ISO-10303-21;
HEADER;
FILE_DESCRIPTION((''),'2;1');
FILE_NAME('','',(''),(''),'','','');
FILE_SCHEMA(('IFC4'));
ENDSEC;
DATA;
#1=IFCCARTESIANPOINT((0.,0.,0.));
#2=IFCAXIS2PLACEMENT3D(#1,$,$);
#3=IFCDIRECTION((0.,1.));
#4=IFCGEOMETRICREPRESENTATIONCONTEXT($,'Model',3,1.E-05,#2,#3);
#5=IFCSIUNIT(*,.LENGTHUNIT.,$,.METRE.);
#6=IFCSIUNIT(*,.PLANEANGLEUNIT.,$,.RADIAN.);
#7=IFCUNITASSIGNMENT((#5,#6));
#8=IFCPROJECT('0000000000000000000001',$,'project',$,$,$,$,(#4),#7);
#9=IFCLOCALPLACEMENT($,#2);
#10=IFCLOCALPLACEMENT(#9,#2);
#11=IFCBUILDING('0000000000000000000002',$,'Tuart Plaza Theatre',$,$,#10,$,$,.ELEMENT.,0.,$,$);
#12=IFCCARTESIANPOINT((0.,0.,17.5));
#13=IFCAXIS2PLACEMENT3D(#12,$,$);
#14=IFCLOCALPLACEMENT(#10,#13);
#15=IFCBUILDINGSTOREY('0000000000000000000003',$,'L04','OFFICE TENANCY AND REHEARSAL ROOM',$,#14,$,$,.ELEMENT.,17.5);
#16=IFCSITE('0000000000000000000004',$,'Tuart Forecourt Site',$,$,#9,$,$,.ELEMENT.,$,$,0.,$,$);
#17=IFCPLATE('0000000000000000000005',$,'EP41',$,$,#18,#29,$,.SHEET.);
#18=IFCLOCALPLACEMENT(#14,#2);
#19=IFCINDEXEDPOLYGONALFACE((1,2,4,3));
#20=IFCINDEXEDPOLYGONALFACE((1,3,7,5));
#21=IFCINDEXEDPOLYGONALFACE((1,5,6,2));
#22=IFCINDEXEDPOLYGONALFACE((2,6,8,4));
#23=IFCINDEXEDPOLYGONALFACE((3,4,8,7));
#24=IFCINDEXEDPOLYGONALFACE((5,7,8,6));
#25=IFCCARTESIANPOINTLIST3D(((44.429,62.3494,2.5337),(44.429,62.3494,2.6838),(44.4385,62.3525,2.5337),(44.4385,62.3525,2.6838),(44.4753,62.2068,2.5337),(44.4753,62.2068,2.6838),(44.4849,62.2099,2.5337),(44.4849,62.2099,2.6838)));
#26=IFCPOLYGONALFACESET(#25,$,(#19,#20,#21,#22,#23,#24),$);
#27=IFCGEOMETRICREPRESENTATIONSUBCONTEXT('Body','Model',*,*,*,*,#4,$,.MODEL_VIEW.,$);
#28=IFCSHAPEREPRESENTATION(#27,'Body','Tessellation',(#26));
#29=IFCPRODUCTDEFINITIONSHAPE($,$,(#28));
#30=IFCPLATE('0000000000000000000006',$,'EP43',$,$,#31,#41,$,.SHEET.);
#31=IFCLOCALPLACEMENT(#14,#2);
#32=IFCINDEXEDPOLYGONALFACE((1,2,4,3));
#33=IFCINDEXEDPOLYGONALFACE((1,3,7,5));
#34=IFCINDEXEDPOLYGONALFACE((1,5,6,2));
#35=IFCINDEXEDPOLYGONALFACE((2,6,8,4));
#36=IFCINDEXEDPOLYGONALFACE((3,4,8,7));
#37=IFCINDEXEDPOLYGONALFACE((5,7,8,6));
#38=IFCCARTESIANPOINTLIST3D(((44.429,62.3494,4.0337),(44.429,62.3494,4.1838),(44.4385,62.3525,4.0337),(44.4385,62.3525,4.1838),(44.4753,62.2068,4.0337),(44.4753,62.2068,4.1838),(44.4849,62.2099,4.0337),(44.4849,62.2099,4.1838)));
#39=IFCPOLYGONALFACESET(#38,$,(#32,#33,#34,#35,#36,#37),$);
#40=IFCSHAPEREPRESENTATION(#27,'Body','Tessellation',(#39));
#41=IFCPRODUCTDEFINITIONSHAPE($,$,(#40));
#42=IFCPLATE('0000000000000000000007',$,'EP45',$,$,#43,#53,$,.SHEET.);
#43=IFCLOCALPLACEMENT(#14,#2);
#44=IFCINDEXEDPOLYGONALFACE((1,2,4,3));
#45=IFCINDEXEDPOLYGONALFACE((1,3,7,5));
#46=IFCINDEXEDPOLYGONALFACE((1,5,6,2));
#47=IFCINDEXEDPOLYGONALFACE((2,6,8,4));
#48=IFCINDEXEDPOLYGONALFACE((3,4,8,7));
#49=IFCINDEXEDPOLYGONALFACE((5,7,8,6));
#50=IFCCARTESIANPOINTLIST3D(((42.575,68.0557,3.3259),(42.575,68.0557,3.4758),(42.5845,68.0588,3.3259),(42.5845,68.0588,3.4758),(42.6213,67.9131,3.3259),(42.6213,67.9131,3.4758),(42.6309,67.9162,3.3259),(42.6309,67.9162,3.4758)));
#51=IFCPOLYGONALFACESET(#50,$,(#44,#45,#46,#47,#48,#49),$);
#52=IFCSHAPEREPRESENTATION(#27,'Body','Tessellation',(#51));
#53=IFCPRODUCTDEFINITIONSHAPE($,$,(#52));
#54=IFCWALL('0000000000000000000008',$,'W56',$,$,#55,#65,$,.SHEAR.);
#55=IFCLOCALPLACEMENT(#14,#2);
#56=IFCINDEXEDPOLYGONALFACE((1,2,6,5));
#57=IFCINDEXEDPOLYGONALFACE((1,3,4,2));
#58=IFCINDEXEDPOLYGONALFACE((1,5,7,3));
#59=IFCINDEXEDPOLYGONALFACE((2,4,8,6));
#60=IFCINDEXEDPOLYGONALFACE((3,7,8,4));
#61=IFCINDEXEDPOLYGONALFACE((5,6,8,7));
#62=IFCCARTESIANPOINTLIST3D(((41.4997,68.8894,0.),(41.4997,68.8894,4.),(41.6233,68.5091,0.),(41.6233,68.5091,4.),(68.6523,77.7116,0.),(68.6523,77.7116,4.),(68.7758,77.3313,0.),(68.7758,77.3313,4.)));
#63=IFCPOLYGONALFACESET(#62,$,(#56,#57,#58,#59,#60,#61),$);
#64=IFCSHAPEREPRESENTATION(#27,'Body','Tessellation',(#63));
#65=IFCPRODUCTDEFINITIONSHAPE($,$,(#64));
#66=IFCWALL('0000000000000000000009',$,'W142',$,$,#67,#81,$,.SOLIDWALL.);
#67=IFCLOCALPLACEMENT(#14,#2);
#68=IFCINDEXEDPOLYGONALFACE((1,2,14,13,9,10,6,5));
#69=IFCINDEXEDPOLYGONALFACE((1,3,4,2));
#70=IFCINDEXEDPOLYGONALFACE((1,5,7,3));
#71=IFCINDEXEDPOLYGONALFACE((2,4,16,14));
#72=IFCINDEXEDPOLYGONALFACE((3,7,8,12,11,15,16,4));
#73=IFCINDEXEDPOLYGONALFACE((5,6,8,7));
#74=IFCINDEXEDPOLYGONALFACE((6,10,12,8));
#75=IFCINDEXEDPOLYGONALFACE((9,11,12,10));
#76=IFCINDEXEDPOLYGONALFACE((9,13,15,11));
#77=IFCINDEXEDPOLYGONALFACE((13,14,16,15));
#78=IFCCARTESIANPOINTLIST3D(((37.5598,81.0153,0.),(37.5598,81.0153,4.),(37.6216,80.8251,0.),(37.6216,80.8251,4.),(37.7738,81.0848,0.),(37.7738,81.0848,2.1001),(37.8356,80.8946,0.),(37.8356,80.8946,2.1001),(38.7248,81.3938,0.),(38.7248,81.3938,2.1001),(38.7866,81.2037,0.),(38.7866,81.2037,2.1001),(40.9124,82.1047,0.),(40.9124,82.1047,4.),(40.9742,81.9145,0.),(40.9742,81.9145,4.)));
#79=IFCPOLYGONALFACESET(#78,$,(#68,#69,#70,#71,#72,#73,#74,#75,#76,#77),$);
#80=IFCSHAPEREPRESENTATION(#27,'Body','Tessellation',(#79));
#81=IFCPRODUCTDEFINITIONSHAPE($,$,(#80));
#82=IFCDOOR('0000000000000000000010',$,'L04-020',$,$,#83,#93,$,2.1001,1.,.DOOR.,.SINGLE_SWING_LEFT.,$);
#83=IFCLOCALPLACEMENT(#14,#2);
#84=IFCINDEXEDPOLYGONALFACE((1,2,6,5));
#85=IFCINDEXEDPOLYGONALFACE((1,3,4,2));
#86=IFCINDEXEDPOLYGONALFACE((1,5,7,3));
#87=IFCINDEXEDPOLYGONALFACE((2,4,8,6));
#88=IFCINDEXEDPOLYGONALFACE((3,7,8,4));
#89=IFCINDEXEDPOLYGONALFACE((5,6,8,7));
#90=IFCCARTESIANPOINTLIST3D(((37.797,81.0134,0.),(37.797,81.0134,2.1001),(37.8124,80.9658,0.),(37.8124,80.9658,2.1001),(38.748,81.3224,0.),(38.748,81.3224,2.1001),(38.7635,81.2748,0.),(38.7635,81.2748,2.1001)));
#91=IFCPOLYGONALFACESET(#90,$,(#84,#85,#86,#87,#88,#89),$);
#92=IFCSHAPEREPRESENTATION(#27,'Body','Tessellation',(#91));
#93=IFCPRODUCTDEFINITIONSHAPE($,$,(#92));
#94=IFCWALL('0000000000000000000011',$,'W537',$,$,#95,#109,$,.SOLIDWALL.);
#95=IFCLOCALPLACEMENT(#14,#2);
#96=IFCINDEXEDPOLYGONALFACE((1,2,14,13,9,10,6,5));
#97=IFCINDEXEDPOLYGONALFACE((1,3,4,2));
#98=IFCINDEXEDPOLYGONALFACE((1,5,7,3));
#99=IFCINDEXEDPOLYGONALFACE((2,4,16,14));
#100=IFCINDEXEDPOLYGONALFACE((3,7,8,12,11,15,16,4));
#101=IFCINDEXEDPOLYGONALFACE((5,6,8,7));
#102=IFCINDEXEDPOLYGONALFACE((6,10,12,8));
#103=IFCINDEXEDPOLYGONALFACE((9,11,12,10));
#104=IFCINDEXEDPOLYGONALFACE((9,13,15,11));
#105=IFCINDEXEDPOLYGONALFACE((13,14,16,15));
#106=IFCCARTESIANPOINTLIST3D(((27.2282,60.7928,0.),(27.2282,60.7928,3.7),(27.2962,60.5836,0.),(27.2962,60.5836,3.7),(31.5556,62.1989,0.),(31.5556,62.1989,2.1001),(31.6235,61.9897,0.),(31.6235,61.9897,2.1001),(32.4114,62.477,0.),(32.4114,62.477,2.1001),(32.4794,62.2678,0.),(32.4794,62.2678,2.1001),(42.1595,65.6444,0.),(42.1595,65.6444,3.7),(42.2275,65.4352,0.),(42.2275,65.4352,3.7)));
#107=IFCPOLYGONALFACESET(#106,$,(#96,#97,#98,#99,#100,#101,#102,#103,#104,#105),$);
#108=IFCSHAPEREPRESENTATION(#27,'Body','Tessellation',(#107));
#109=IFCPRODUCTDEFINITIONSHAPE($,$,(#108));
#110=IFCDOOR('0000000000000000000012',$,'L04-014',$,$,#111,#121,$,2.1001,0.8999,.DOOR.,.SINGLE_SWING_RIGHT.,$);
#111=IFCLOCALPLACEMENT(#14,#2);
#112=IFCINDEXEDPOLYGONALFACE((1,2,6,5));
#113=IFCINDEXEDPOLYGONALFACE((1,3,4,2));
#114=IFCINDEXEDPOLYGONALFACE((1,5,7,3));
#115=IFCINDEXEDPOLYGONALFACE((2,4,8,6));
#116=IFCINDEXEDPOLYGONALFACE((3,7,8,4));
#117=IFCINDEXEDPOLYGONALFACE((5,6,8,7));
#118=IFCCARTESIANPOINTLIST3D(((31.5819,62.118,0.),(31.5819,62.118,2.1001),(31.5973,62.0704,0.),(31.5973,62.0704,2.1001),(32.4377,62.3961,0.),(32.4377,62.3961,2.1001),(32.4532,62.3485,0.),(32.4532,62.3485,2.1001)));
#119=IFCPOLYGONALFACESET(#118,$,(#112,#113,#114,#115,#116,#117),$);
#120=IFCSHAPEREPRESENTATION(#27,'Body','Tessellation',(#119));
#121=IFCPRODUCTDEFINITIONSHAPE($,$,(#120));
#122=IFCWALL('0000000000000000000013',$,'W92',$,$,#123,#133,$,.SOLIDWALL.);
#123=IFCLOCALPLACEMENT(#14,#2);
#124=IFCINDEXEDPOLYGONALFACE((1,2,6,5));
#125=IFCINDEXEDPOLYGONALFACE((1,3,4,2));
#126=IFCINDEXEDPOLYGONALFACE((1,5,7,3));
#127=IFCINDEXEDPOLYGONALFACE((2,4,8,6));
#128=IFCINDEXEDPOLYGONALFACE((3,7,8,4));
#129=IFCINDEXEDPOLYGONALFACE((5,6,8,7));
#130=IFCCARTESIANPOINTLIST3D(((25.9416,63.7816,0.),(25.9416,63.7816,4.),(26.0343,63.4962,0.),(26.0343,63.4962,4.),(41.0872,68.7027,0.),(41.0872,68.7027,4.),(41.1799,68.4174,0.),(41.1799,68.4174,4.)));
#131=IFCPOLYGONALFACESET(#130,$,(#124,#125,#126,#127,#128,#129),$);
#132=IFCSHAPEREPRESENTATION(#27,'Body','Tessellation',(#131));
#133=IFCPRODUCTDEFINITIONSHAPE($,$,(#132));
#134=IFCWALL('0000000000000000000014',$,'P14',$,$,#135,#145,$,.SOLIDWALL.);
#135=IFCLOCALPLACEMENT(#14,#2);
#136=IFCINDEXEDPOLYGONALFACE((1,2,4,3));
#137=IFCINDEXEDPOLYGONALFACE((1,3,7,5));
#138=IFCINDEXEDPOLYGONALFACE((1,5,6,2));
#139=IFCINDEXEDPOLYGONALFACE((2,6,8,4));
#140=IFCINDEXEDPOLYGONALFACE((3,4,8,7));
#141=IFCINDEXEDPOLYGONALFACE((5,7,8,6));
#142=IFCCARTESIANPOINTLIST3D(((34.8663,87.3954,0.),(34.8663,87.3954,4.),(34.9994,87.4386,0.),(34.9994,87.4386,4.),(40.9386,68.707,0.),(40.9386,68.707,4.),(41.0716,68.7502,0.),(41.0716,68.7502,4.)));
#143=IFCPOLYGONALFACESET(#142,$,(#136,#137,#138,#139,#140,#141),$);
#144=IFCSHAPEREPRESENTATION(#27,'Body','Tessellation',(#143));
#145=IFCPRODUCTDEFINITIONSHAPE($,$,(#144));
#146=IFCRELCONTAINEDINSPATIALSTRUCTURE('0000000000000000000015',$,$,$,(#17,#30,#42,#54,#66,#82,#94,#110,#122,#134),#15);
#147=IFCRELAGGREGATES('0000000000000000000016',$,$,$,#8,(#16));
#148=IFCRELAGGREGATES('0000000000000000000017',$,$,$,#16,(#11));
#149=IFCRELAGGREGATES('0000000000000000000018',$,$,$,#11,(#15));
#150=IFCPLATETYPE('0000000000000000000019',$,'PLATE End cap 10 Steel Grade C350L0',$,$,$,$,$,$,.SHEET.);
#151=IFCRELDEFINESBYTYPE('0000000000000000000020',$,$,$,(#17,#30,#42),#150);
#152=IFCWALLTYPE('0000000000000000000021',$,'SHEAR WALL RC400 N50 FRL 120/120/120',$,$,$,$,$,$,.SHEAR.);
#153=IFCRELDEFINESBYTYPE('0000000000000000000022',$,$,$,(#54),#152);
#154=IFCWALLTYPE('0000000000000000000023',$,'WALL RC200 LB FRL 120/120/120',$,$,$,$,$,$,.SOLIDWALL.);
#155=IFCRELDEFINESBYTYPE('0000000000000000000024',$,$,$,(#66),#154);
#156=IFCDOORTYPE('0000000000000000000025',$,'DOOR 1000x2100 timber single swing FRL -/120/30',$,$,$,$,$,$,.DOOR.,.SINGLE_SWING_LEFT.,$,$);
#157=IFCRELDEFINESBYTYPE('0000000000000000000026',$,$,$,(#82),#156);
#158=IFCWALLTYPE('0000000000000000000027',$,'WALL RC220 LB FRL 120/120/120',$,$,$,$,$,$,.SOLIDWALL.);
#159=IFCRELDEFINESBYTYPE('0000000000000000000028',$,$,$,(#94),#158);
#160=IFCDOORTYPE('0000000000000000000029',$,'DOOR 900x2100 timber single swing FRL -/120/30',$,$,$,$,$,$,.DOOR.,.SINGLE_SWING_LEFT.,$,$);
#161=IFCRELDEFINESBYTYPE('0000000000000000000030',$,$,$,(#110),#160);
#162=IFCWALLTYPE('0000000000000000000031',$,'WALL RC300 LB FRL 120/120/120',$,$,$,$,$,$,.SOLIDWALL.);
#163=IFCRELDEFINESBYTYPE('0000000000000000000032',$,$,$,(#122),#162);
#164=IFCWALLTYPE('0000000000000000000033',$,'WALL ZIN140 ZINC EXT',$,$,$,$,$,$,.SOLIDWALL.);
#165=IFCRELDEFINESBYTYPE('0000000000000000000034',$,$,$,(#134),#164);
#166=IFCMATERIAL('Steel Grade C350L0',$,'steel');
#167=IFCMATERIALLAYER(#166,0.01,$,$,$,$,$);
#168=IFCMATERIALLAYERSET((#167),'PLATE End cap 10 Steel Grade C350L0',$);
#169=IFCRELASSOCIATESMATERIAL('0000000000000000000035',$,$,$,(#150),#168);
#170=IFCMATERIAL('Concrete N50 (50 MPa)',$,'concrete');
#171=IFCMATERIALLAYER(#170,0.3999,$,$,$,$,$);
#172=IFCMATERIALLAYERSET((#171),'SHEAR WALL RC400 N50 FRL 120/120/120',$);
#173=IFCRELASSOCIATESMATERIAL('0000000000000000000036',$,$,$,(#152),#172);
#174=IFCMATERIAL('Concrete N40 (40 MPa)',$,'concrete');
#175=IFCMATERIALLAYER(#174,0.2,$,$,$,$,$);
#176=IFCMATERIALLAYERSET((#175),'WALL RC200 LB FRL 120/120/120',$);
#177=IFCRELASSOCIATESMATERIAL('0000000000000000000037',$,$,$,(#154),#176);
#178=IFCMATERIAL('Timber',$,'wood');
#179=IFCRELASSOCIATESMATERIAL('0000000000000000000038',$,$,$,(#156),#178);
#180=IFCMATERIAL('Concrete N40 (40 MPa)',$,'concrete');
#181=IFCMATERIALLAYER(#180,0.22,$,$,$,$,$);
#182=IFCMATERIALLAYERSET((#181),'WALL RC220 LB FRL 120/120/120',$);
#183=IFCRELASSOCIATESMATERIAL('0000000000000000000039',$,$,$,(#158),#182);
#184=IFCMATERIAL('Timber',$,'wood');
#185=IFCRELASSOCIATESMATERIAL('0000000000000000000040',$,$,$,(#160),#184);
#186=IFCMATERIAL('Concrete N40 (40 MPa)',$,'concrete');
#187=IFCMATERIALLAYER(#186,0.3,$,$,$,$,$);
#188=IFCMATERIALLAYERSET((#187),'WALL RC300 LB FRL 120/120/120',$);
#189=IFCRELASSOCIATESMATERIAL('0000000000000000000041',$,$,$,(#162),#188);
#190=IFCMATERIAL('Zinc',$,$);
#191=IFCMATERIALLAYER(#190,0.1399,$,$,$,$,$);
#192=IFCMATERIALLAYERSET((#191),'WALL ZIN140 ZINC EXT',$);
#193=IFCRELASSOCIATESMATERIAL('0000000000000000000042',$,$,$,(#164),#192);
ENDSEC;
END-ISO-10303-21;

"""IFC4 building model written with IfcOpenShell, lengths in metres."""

from ifc_helpers import new_model, si_unit, direction, frame, frame_2d, origin, place, context, subcontext, project, spatial, polyline, rectangle, outline, extrude, material, layer, layer_set, type_object, element, fill, save


model = new_model("IFC4")

# Units and contexts
model_context = context("Model", 3, precision=1e-05, world=origin(), true_north=direction((0.0, 1.0)))
body_context = subcontext(model_context, "Body", "Model", "MODEL_VIEW")
ifc_project = project(units=[si_unit("LENGTHUNIT", "METRE"), si_unit("PLANEANGLEUNIT", "RADIAN")], contexts=[model_context])

# Site, building, storey
site_placement = place(None, origin())
site = spatial("IfcSite", under=ifc_project, at=site_placement, Name="Tuart Forecourt Site", CompositionType="ELEMENT", RefElevation=0.0)
building_placement = place(site_placement, origin())
building = spatial("IfcBuilding", under=site, at=building_placement, Name="Tuart Plaza Theatre", CompositionType="ELEMENT", ElevationOfRefHeight=0.0)
storey_placement = place(building_placement, frame((0.0, 0.0, 17.5)))
storey = spatial("IfcBuildingStorey", under=building, at=storey_placement, Name="L04", Description="OFFICE TENANCY AND REHEARSAL ROOM", CompositionType="ELEMENT", Elevation=17.5)

# Plates
ifc_material_1 = material(Name="Steel Grade C350L0", Category="steel")
ifc_layer_1 = layer(ifc_material_1, 0.01)
ifc_layer_set_1 = layer_set([ifc_layer_1], Name="PLATE End cap 10 Steel Grade C350L0")
plate_type = type_object("IfcPlateType", Name="PLATE End cap 10 Steel Grade C350L0", PredefinedType="SHEET", material=ifc_layer_set_1)
for number, where, z_axis, x_axis, name in (
    (1, (44.4753, 62.2068, 2.6838), (-0.950938, -0.309381, 0.0), (-0.309381, 0.950938, 0.0), "EP41"),
    (2, (44.4753, 62.2068, 4.1838), (-0.950938, -0.309381, 0.0), (-0.309381, 0.950938, 0.0), "EP43"),
):
    element("IfcPlate", number, at=place(storey_placement, frame(where, z_axis=z_axis, x_axis=x_axis)), inside=storey, type_object=plate_type, Name=name, PredefinedType="SHEET", context=body_context, shape_type="SweptSolid", body=[
        extrude(outline(polyline([(0.0, 0.0), (0.1499, 0.0), (0.1499, 0.1501), (0.0, 0.1501), (0.0, 0.0)])), origin(), (0.0, 0.0, -1.0), 0.01),
    ])
plate_placement = place(storey_placement, frame((42.6213, 67.9131, 3.4758), z_axis=(-0.950938, -0.309381, 0.0), x_axis=(-0.309381, 0.950938, 0.0)))
element("IfcPlate", 3, at=plate_placement, inside=storey, type_object=plate_type, Name="EP45", PredefinedType="SHEET", context=body_context, shape_type="SweptSolid", body=[
    extrude(outline(polyline([(0.0, 0.0), (0.1499, 0.0), (0.1499, 0.1499), (0.0, 0.1499), (0.0, 0.0)])), origin(), (0.0, 0.0, -1.0), 0.01),
])

# Wall
ifc_material_2 = material(Name="Concrete N50 (50 MPa)", Category="concrete")
ifc_layer_2 = layer(ifc_material_2, 0.3999)
ifc_layer_set_2 = layer_set([ifc_layer_2], Name="SHEAR WALL RC400 N50 FRL 120/120/120")
wall_type_1 = type_object("IfcWallType", Name="SHEAR WALL RC400 N50 FRL 120/120/120", PredefinedType="SHEAR", material=ifc_layer_set_2)
wall_1_placement = place(storey_placement, frame((41.5615, 68.6992, 0.0), z_axis=(0.0, 0.0, 1.0), x_axis=(0.951058, 0.309012, 0.0)))
element("IfcWall", 4, at=wall_1_placement, inside=storey, type_object=wall_type_1, Name="W56", PredefinedType="SHEAR", context=body_context, shape_type="SweptSolid", body=[
    extrude(rectangle(XDim=28.5498, YDim=0.3999, at=frame_2d((14.2749, 0.0))), origin(), (0.0, 0.0, 1.0), 4.0),
])

# Walls, openings, doors
ifc_material_3 = material(Name="Concrete N40 (40 MPa)", Category="concrete")
ifc_layer_3 = layer(ifc_material_3, 0.2)
ifc_layer_set_3 = layer_set([ifc_layer_3], Name="WALL RC200 LB FRL 120/120/120")
wall_type_2 = type_object("IfcWallType", Name="WALL RC200 LB FRL 120/120/120", PredefinedType="SOLIDWALL", material=ifc_layer_set_3)
wall_2_placement = place(storey_placement, frame((37.5906, 80.9202, 0.0), z_axis=(0.0, 0.0, 1.0), x_axis=(0.951052, 0.30903, 0.0)))
wall_2 = element("IfcWall", 5, at=wall_2_placement, inside=storey, type_object=wall_type_2, Name="W142", PredefinedType="SOLIDWALL", context=body_context, shape_type="SweptSolid", body=[
    extrude(rectangle(XDim=3.5251, YDim=0.2, at=frame_2d((1.7627, 0.0))), origin(), (0.0, 0.0, 1.0), 4.0),
])
opening_1_placement = place(wall_2_placement, frame((0.2251, 0.0, 0.0)))
opening_1 = element("IfcOpeningElement", 6, at=opening_1_placement, cuts=wall_2, PredefinedType="OPENING", context=body_context, shape_type="SweptSolid", body=[
    extrude(rectangle(XDim=1.0, YDim=2.1001, at=frame_2d((0.5, 1.05))), frame((0.0, 0.1099, 0.0), z_axis=(0.0, -1.0, 0.0), x_axis=(1.0, 0.0, 0.0)), (0.0, 0.0, 1.0), 0.22),
])
ifc_material_4 = material(Name="Timber", Category="wood")
door_type_1 = type_object("IfcDoorType", Name="DOOR 1000x2100 timber single swing FRL -/120/30", OperationType="SINGLE_SWING_LEFT", PredefinedType="DOOR", material=ifc_material_4)
door_1_placement = place(opening_1_placement, origin())
door_1 = element("IfcDoor", 7, at=door_1_placement, inside=storey, type_object=door_type_1, Name="L04-020", OperationType="SINGLE_SWING_LEFT", OverallHeight=2.1001, OverallWidth=1.0, PredefinedType="DOOR", context=body_context, shape_type="SweptSolid", body=[
    extrude(rectangle(XDim=1.0, YDim=2.1001, at=frame_2d((0.5, 1.05))), frame((0.0, 0.0249, 0.0), z_axis=(0.0, -1.0, 0.0), x_axis=(1.0, 0.0, 0.0)), (0.0, 0.0, 1.0), 0.05),
])
fill(opening_1, door_1)
ifc_material_5 = material(Name="Concrete N40 (40 MPa)", Category="concrete")
ifc_layer_4 = layer(ifc_material_5, 0.22)
ifc_layer_set_4 = layer_set([ifc_layer_4], Name="WALL RC220 LB FRL 120/120/120")
wall_type_3 = type_object("IfcWallType", Name="WALL RC220 LB FRL 120/120/120", PredefinedType="SOLIDWALL", material=ifc_layer_set_4)
wall_3_placement = place(storey_placement, frame((27.2622, 60.6882, 0.0), z_axis=(0.0, 0.0, 1.0), x_axis=(0.951055, 0.30902, 0.0)))
wall_3 = element("IfcWall", 8, at=wall_3_placement, inside=storey, type_object=wall_type_3, Name="W537", PredefinedType="SOLIDWALL", context=body_context, shape_type="SweptSolid", body=[
    extrude(rectangle(XDim=15.6997, YDim=0.22, at=frame_2d((7.8499, 0.0))), origin(), (0.0, 0.0, 1.0), 3.7),
])
opening_2_placement = place(wall_3_placement, frame((4.55, 0.0, 0.0)))
opening_2 = element("IfcOpeningElement", 9, at=opening_2_placement, cuts=wall_3, PredefinedType="OPENING", context=body_context, shape_type="SweptSolid", body=[
    extrude(rectangle(XDim=0.8999, YDim=2.1001, at=frame_2d((0.45, 1.05))), frame((0.0, 0.1199, 0.0), z_axis=(0.0, -1.0, 0.0), x_axis=(1.0, 0.0, 0.0)), (0.0, 0.0, 1.0), 0.24),
])
ifc_material_6 = material(Name="Timber", Category="wood")
door_type_2 = type_object("IfcDoorType", Name="DOOR 900x2100 timber single swing FRL -/120/30", OperationType="SINGLE_SWING_LEFT", PredefinedType="DOOR", material=ifc_material_6)
door_2_placement = place(opening_2_placement, origin())
door_2 = element("IfcDoor", 10, at=door_2_placement, inside=storey, type_object=door_type_2, Name="L04-014", OperationType="SINGLE_SWING_RIGHT", OverallHeight=2.1001, OverallWidth=0.8999, PredefinedType="DOOR", context=body_context, shape_type="SweptSolid", body=[
    extrude(rectangle(XDim=0.8999, YDim=2.1001, at=frame_2d((0.45, 1.05))), frame((0.0, 0.0249, 0.0), z_axis=(0.0, -1.0, 0.0), x_axis=(1.0, 0.0, 0.0)), (0.0, 0.0, 1.0), 0.05),
])
fill(opening_2, door_2)

# Walls
ifc_material_7 = material(Name="Concrete N40 (40 MPa)", Category="concrete")
ifc_layer_5 = layer(ifc_material_7, 0.3)
ifc_layer_set_5 = layer_set([ifc_layer_5], Name="WALL RC300 LB FRL 120/120/120")
wall_type_4 = type_object("IfcWallType", Name="WALL RC300 LB FRL 120/120/120", PredefinedType="SOLIDWALL", material=ifc_layer_set_5)
wall_4_placement = place(storey_placement, frame((25.988, 63.6389, 0.0), z_axis=(0.0, 0.0, 1.0), x_axis=(0.951055, 0.309021, 0.0)))
element("IfcWall", 11, at=wall_4_placement, inside=storey, type_object=wall_type_4, Name="W92", PredefinedType="SOLIDWALL", context=body_context, shape_type="SweptSolid", body=[
    extrude(rectangle(XDim=15.925, YDim=0.3, at=frame_2d((7.9624, 0.0))), origin(), (0.0, 0.0, 1.0), 4.0),
])
ifc_material_8 = material(Name="Zinc")
ifc_layer_6 = layer(ifc_material_8, 0.1399)
ifc_layer_set_6 = layer_set([ifc_layer_6], Name="WALL ZIN140 ZINC EXT")
wall_type_5 = type_object("IfcWallType", Name="WALL ZIN140 ZINC EXT", PredefinedType="SOLIDWALL", material=ifc_layer_set_6)
wall_5_placement = place(storey_placement, frame((41.0051, 68.7285, 0.0), z_axis=(0.0, 0.0, 1.0), x_axis=(-0.309018, 0.951056, 0.0)))
element("IfcWall", 12, at=wall_5_placement, inside=storey, type_object=wall_type_5, Name="P14", PredefinedType="SOLIDWALL", context=body_context, shape_type="SweptSolid", body=[
    extrude(rectangle(XDim=19.6501, YDim=0.1399, at=frame_2d((9.8252, 0.0))), origin(), (0.0, 0.0, 1.0), 4.0),
])

save(model, "model.ifc")
